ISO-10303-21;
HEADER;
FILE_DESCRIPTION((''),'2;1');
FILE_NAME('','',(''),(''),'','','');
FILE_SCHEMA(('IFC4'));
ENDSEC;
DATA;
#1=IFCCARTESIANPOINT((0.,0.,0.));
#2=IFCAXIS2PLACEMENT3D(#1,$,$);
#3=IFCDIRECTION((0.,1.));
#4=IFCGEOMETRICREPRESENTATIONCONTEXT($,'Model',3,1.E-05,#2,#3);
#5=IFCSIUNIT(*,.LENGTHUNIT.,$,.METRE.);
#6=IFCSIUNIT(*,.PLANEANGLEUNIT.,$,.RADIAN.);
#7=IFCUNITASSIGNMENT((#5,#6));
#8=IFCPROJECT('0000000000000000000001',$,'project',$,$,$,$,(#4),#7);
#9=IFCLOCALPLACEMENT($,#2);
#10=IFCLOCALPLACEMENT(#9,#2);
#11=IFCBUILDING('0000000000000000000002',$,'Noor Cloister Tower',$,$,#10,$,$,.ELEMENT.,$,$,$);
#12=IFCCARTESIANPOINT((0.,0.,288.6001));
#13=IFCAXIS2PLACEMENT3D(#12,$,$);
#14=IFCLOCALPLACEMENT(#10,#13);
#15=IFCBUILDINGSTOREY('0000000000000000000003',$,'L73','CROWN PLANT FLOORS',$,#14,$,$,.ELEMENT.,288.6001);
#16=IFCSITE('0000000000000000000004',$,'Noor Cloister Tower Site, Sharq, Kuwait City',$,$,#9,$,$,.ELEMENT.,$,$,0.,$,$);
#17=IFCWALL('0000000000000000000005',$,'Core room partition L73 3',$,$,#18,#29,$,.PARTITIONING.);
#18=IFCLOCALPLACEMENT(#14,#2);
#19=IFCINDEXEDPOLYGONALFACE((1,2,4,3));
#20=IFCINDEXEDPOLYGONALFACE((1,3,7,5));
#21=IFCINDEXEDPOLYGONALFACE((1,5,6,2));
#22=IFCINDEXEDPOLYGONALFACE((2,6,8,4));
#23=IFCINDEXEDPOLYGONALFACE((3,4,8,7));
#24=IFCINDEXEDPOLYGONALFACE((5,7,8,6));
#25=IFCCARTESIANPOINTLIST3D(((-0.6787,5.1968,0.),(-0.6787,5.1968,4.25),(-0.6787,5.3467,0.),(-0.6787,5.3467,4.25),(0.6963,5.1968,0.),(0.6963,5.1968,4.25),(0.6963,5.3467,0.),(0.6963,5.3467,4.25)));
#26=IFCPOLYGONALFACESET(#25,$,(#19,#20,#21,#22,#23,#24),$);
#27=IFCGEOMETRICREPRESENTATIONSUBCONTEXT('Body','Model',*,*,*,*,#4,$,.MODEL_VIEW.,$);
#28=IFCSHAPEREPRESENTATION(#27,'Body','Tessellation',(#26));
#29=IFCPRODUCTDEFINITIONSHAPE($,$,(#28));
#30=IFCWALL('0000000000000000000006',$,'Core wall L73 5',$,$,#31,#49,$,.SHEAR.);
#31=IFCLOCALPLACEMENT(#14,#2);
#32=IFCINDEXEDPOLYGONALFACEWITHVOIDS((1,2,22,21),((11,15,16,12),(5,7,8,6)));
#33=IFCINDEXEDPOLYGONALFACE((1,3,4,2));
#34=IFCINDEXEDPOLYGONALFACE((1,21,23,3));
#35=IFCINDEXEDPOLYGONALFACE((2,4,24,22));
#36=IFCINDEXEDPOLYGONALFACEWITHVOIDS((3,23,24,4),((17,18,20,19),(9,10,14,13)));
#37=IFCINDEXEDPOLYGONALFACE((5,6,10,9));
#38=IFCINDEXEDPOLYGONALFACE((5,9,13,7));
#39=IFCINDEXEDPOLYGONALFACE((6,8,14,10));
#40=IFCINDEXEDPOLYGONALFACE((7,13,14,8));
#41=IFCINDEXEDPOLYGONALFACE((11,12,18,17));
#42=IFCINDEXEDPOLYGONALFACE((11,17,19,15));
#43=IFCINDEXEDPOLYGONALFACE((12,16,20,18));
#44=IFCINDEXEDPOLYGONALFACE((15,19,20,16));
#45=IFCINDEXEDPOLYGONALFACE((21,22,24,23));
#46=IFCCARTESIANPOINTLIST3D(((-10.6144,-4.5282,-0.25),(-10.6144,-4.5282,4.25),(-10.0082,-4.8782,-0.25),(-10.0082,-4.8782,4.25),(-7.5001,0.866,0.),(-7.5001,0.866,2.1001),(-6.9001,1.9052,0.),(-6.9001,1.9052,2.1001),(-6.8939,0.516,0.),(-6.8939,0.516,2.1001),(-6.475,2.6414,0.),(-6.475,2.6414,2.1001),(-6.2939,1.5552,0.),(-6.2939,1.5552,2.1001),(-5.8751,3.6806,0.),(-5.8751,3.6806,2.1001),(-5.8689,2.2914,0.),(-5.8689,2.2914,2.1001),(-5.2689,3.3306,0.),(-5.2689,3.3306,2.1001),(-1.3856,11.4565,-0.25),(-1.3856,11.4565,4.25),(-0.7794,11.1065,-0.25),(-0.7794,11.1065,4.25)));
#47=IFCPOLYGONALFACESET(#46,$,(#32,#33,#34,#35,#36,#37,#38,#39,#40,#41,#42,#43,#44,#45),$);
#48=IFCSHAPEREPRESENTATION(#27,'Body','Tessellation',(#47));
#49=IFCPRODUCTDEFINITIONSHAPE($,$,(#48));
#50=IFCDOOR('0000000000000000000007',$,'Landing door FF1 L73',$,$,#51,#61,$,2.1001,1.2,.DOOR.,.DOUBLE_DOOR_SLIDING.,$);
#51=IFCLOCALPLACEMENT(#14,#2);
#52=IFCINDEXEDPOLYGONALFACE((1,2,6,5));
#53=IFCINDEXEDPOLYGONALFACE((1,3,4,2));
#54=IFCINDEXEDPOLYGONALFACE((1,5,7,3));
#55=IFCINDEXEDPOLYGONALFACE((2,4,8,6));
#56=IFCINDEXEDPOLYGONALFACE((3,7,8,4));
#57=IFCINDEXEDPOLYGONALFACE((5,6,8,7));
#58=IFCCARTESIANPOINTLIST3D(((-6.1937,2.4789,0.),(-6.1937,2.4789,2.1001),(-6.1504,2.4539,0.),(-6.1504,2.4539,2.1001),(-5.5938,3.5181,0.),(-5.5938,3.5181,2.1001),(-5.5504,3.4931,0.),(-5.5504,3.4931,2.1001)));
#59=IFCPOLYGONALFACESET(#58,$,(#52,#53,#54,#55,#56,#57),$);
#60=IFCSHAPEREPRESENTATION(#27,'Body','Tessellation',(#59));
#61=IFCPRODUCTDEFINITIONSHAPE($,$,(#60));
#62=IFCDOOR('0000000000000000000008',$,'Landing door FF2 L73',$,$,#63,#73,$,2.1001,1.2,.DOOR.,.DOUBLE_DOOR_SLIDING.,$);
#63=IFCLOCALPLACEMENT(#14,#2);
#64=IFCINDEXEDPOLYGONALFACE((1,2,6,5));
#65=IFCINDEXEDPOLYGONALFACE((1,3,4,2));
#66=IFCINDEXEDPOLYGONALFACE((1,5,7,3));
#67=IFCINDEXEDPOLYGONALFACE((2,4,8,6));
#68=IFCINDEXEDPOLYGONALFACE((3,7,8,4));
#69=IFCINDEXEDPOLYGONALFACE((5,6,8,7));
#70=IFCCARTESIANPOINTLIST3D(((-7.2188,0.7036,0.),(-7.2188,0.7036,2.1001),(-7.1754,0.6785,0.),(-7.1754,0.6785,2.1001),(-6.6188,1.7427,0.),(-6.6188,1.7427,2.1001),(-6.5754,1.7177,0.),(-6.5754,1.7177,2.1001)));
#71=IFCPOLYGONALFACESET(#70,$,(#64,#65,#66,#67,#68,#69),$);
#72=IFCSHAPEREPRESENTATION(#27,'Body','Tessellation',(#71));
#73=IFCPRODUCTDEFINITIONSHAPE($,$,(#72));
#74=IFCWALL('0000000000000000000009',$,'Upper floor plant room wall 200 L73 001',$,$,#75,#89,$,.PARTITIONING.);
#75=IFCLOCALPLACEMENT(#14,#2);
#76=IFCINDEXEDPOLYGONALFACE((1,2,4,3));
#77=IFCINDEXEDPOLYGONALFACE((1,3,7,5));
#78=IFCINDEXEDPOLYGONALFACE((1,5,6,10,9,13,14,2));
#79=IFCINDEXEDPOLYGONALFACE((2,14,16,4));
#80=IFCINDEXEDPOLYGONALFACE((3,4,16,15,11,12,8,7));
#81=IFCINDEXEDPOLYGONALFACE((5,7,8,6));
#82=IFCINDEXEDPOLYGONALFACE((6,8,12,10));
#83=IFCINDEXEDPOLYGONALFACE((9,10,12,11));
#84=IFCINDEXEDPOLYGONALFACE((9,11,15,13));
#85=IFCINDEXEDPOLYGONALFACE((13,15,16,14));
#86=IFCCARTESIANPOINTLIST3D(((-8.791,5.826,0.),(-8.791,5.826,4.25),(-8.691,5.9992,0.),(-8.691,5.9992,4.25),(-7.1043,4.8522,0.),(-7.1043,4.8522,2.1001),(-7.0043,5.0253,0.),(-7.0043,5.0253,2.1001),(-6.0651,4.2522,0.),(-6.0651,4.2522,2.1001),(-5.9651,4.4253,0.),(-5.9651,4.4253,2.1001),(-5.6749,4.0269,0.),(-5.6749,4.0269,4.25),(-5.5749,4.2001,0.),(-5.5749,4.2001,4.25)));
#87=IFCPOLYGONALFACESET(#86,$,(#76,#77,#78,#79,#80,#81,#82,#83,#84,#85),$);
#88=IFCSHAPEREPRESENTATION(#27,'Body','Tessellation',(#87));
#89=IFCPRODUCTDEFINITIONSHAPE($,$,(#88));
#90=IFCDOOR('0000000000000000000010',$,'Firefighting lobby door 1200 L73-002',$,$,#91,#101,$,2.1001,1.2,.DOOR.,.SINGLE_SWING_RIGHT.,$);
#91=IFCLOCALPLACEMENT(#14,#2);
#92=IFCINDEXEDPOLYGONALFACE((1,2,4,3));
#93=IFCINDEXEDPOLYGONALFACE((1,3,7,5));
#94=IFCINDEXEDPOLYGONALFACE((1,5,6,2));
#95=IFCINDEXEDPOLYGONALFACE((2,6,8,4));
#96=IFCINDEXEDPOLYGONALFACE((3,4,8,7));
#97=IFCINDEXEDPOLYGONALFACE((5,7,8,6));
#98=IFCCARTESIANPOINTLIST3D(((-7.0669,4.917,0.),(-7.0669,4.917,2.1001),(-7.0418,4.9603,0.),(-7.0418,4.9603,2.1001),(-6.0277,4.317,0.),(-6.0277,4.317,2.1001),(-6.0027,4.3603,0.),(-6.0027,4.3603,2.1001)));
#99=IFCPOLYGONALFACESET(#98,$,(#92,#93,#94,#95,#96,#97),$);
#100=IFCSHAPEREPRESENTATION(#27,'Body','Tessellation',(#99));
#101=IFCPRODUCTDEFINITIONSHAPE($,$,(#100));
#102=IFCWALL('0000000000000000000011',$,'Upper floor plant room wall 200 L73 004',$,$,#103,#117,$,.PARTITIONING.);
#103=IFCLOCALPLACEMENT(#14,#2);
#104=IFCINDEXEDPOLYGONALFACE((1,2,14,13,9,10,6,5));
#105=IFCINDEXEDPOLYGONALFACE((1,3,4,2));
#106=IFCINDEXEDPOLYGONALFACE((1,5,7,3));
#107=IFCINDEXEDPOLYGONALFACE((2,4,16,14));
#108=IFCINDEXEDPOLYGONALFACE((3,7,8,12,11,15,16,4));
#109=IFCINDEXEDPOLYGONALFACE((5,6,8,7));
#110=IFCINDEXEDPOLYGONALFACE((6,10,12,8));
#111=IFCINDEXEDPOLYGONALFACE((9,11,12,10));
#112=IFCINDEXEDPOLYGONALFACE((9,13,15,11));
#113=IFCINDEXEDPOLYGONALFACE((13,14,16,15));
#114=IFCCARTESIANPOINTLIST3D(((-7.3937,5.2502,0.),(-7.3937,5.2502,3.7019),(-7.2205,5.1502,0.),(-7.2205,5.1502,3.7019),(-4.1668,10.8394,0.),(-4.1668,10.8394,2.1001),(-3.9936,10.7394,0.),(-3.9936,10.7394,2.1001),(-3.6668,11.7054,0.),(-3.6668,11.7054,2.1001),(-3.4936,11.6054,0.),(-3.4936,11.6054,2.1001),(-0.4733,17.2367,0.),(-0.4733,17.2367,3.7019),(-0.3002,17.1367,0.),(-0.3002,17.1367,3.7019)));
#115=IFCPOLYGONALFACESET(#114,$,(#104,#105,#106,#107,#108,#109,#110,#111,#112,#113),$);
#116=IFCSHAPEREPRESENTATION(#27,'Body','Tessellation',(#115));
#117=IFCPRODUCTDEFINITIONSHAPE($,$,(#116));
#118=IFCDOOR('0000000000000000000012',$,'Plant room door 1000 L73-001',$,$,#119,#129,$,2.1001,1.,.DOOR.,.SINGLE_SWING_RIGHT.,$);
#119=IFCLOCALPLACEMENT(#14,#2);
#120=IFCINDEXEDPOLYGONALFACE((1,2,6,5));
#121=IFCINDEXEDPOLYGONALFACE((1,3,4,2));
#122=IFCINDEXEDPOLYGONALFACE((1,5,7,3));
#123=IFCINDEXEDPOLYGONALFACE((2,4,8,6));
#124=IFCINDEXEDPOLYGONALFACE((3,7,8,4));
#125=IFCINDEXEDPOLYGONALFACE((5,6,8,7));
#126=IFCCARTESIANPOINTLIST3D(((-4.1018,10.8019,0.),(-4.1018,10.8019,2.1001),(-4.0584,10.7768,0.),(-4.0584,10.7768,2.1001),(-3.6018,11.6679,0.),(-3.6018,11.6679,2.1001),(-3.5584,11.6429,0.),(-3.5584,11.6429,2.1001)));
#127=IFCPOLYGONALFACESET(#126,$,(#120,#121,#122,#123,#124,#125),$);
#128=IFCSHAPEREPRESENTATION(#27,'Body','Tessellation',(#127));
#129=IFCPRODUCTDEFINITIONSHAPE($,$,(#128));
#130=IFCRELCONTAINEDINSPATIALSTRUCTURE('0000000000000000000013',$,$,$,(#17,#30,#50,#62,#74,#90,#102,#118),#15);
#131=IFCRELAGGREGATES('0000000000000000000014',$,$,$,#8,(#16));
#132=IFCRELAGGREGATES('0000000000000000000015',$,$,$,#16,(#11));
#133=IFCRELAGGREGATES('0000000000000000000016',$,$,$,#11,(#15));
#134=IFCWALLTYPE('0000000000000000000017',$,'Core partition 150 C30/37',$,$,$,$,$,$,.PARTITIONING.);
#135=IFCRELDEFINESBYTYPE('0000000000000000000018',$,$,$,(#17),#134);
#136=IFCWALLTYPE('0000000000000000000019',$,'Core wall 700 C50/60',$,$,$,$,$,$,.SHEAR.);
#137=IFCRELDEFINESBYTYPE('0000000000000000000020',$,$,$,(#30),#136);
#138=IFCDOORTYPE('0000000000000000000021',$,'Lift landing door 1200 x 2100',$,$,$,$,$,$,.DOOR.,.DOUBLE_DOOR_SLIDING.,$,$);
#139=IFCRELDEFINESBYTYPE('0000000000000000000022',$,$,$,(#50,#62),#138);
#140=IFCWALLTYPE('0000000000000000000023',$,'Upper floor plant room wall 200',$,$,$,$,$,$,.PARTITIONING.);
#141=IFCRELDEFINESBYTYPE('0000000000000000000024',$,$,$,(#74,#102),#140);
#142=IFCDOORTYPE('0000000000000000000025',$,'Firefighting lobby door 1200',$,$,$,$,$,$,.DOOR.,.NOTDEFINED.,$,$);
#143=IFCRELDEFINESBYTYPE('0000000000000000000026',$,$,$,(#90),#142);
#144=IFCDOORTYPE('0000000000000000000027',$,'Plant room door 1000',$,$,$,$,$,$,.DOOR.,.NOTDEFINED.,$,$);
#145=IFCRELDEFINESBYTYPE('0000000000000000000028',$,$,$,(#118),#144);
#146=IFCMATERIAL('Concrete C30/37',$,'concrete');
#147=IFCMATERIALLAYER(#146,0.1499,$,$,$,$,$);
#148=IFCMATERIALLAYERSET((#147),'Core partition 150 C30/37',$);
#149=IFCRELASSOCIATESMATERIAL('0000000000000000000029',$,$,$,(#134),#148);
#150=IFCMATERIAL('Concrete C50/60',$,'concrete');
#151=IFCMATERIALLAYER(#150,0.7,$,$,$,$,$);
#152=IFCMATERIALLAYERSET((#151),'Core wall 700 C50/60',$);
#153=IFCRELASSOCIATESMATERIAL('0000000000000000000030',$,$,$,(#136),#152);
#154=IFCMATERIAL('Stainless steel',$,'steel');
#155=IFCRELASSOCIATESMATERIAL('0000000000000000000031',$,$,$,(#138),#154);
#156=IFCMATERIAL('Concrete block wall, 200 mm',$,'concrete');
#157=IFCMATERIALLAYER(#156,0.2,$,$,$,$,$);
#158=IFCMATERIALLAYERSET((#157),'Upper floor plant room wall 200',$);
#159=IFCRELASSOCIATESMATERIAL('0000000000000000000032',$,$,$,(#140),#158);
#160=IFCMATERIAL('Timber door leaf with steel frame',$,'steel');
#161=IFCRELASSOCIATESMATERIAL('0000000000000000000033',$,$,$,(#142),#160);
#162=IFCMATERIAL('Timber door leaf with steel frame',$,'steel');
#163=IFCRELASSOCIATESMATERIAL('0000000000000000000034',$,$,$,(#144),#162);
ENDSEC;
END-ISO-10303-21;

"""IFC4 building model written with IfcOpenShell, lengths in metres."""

from ifc_helpers import new_model, si_unit, direction, frame, frame_2d, origin, place, context, subcontext, project, spatial, rectangle, extrude, material, layer, layer_set, type_object, element, fill, save


model = new_model("IFC4")

# Units and contexts
model_context = context("Model", 3, precision=1e-05, world=origin(), true_north=direction((0.0, 1.0)))
body_context = subcontext(model_context, "Body", "Model", "MODEL_VIEW")
ifc_project = project(units=[si_unit("LENGTHUNIT", "METRE"), si_unit("PLANEANGLEUNIT", "RADIAN")], contexts=[model_context])

# Site, building, storey
site_placement = place(None, origin())
site = spatial("IfcSite", under=ifc_project, at=site_placement, Name="Noor Cloister Tower Site, Sharq, Kuwait City", CompositionType="ELEMENT", RefElevation=0.0)
building_placement = place(site_placement, origin())
building = spatial("IfcBuilding", under=site, at=building_placement, Name="Noor Cloister Tower", CompositionType="ELEMENT")
storey_placement = place(building_placement, frame((0.0, 0.0, 288.6001)))
storey = spatial("IfcBuildingStorey", under=building, at=storey_placement, Name="L73", Description="CROWN PLANT FLOORS", CompositionType="ELEMENT", Elevation=288.6001)

# Shared definitions
ifc_material_1 = material(Name="Concrete C30/37", Category="concrete")
ifc_layer_1 = layer(ifc_material_1, 0.1499)
ifc_layer_set_1 = layer_set([ifc_layer_1], Name="Core partition 150 C30/37")
wall_type_1 = type_object("IfcWallType", Name="Core partition 150 C30/37", PredefinedType="PARTITIONING", material=ifc_layer_set_1)

# Wall
wall_1_placement = place(storey_placement, frame((-0.6787, 5.2717, 0.0), z_axis=(0.0, 0.0, 1.0), x_axis=(1.0, 0.0, 0.0)))
element("IfcWall", 1, at=wall_1_placement, inside=storey, type_object=wall_type_1, Name="Core room partition L73 3", PredefinedType="PARTITIONING", context=body_context, shape_type="SweptSolid", body=[
    extrude(rectangle(XDim=1.375, YDim=0.1499, at=frame_2d((0.6875, 0.0))), origin(), (0.0, 0.0, 1.0), 4.25),
])

# Wall, openings, doors
ifc_material_2 = material(Name="Concrete C50/60", Category="concrete")
ifc_layer_2 = layer(ifc_material_2, 0.7)
ifc_layer_set_2 = layer_set([ifc_layer_2], Name="Core wall 700 C50/60")
wall_type_2 = type_object("IfcWallType", Name="Core wall 700 C50/60", PredefinedType="SHEAR", material=ifc_layer_set_2)
wall_2_placement = place(storey_placement, frame((-1.0825, 11.2815, -0.25), z_axis=(0.0, 0.0, 1.0), x_axis=(-0.500001, -0.866025, 0.0)))
wall_2 = element("IfcWall", 2, at=wall_2_placement, inside=storey, type_object=wall_type_2, Name="Core wall L73 5", PredefinedType="SHEAR", context=body_context, shape_type="SweptSolid", body=[
    extrude(rectangle(XDim=18.4575, YDim=0.7, at=frame_2d((9.2288, 0.0))), origin(), (0.0, 0.0, 1.0), 4.5),
])
opening_1_placement = place(wall_2_placement, frame((8.9788, 0.0, 0.25)))
opening_1 = element("IfcOpeningElement", 3, at=opening_1_placement, cuts=wall_2, PredefinedType="OPENING", context=body_context, shape_type="SweptSolid", body=[
    extrude(rectangle(XDim=1.2, YDim=2.1001, at=frame_2d((0.6001, 1.05))), frame((0.0, 0.3599, 0.0), z_axis=(0.0, -1.0, 0.0), x_axis=(1.0, 0.0, 0.0)), (0.0, 0.0, 1.0), 0.72),
])
opening_2_placement = place(wall_2_placement, frame((11.0288, 0.0, 0.25)))
opening_2 = element("IfcOpeningElement", 4, at=opening_2_placement, cuts=wall_2, PredefinedType="OPENING", context=body_context, shape_type="SweptSolid", body=[
    extrude(rectangle(XDim=1.2, YDim=2.1001, at=frame_2d((0.6001, 1.05))), frame((0.0, 0.3599, 0.0), z_axis=(0.0, -1.0, 0.0), x_axis=(1.0, 0.0, 0.0)), (0.0, 0.0, 1.0), 0.72),
])
ifc_material_3 = material(Name="Stainless steel", Category="steel")
door_type_1 = type_object("IfcDoorType", Name="Lift landing door 1200 x 2100", OperationType="DOUBLE_DOOR_SLIDING", PredefinedType="DOOR", material=ifc_material_3)
door_1_placement = place(opening_1_placement, origin())
door_1 = element("IfcDoor", 5, at=door_1_placement, inside=storey, type_object=door_type_1, Name="Landing door FF1 L73", OperationType="DOUBLE_DOOR_SLIDING", OverallHeight=2.1001, OverallWidth=1.2, PredefinedType="DOOR", context=body_context, shape_type="SweptSolid", body=[
    extrude(rectangle(XDim=1.2, YDim=2.1001, at=frame_2d((0.6001, 1.05))), frame((0.0, 0.0249, 0.0), z_axis=(0.0, -1.0, 0.0), x_axis=(1.0, 0.0, 0.0)), (0.0, 0.0, 1.0), 0.05),
])
fill(opening_1, door_1)
door_2_placement = place(opening_2_placement, origin())
door_2 = element("IfcDoor", 6, at=door_2_placement, inside=storey, type_object=door_type_1, Name="Landing door FF2 L73", OperationType="DOUBLE_DOOR_SLIDING", OverallHeight=2.1001, OverallWidth=1.2, PredefinedType="DOOR", context=body_context, shape_type="SweptSolid", body=[
    extrude(rectangle(XDim=1.2, YDim=2.1001, at=frame_2d((0.6001, 1.05))), frame((0.0, 0.0249, 0.0), z_axis=(0.0, -1.0, 0.0), x_axis=(1.0, 0.0, 0.0)), (0.0, 0.0, 1.0), 0.05),
])
fill(opening_2, door_2)

# Walls, openings, doors
ifc_material_4 = material(Name="Concrete block wall, 200 mm", Category="concrete")
ifc_layer_3 = layer(ifc_material_4, 0.2)
ifc_layer_set_3 = layer_set([ifc_layer_3], Name="Upper floor plant room wall 200")
wall_type_3 = type_object("IfcWallType", Name="Upper floor plant room wall 200", PredefinedType="PARTITIONING", material=ifc_layer_set_3)
wall_3_placement = place(storey_placement, frame((-8.741, 5.9126, 0.0), z_axis=(0.0, 0.0, 1.0), x_axis=(0.866017, -0.500014, 0.0)))
wall_3 = element("IfcWall", 7, at=wall_3_placement, inside=storey, type_object=wall_type_3, Name="Upper floor plant room wall 200 L73 001", PredefinedType="PARTITIONING", context=body_context, shape_type="SweptSolid", body=[
    extrude(rectangle(XDim=3.5981, YDim=0.2, at=frame_2d((1.7991, 0.0))), origin(), (0.0, 0.0, 1.0), 4.25),
])
opening_3_placement = place(wall_3_placement, frame((1.9475, 0.0, 0.0)))
opening_3 = element("IfcOpeningElement", 8, at=opening_3_placement, cuts=wall_3, PredefinedType="OPENING", context=body_context, shape_type="SweptSolid", body=[
    extrude(rectangle(XDim=1.2, YDim=2.1001, at=frame_2d((0.6001, 1.05))), frame((0.0, 0.1099, 0.0), z_axis=(0.0, -1.0, 0.0), x_axis=(1.0, 0.0, 0.0)), (0.0, 0.0, 1.0), 0.22),
])
ifc_material_5 = material(Name="Timber door leaf with steel frame", Category="steel")
door_type_2 = type_object("IfcDoorType", Name="Firefighting lobby door 1200", OperationType="NOTDEFINED", PredefinedType="DOOR", material=ifc_material_5)
door_3_placement = place(opening_3_placement, origin())
door_3 = element("IfcDoor", 9, at=door_3_placement, inside=storey, type_object=door_type_2, Name="Firefighting lobby door 1200 L73-002", OperationType="SINGLE_SWING_RIGHT", OverallHeight=2.1001, OverallWidth=1.2, PredefinedType="DOOR", context=body_context, shape_type="SweptSolid", body=[
    extrude(rectangle(XDim=1.2, YDim=2.1001, at=frame_2d((0.6001, 1.05))), frame((0.0, 0.0249, 0.0), z_axis=(0.0, -1.0, 0.0), x_axis=(1.0, 0.0, 0.0)), (0.0, 0.0, 1.0), 0.05),
])
fill(opening_3, door_3)
wall_4_placement = place(storey_placement, frame((-7.3071, 5.2002, 0.0), z_axis=(0.0, 0.0, 1.0), x_axis=(0.499998, 0.866027, 0.0)))
wall_4 = element("IfcWall", 10, at=wall_4_placement, inside=storey, type_object=wall_type_3, Name="Upper floor plant room wall 200 L73 004", PredefinedType="PARTITIONING", context=body_context, shape_type="SweptSolid", body=[
    extrude(rectangle(XDim=13.8408, YDim=0.2, at=frame_2d((6.9204, 0.0))), origin(), (0.0, 0.0, 1.0), 3.7019),
])
opening_4_placement = place(wall_4_placement, frame((6.4539, 0.0, 0.0)))
opening_4 = element("IfcOpeningElement", 11, at=opening_4_placement, cuts=wall_4, PredefinedType="OPENING", context=body_context, shape_type="SweptSolid", body=[
    extrude(rectangle(XDim=1.0, YDim=2.1001, at=frame_2d((0.5, 1.05))), frame((0.0, 0.1099, 0.0), z_axis=(0.0, -1.0, 0.0), x_axis=(1.0, 0.0, 0.0)), (0.0, 0.0, 1.0), 0.22),
])
ifc_material_6 = material(Name="Timber door leaf with steel frame", Category="steel")
door_type_3 = type_object("IfcDoorType", Name="Plant room door 1000", OperationType="NOTDEFINED", PredefinedType="DOOR", material=ifc_material_6)
door_4_placement = place(opening_4_placement, origin())
door_4 = element("IfcDoor", 12, at=door_4_placement, inside=storey, type_object=door_type_3, Name="Plant room door 1000 L73-001", OperationType="SINGLE_SWING_RIGHT", OverallHeight=2.1001, OverallWidth=1.0, PredefinedType="DOOR", context=body_context, shape_type="SweptSolid", body=[
    extrude(rectangle(XDim=1.0, YDim=2.1001, at=frame_2d((0.5, 1.05))), frame((0.0, 0.0249, 0.0), z_axis=(0.0, -1.0, 0.0), x_axis=(1.0, 0.0, 0.0)), (0.0, 0.0, 1.0), 0.05),
])
fill(opening_4, door_4)

save(model, "model.ifc")
